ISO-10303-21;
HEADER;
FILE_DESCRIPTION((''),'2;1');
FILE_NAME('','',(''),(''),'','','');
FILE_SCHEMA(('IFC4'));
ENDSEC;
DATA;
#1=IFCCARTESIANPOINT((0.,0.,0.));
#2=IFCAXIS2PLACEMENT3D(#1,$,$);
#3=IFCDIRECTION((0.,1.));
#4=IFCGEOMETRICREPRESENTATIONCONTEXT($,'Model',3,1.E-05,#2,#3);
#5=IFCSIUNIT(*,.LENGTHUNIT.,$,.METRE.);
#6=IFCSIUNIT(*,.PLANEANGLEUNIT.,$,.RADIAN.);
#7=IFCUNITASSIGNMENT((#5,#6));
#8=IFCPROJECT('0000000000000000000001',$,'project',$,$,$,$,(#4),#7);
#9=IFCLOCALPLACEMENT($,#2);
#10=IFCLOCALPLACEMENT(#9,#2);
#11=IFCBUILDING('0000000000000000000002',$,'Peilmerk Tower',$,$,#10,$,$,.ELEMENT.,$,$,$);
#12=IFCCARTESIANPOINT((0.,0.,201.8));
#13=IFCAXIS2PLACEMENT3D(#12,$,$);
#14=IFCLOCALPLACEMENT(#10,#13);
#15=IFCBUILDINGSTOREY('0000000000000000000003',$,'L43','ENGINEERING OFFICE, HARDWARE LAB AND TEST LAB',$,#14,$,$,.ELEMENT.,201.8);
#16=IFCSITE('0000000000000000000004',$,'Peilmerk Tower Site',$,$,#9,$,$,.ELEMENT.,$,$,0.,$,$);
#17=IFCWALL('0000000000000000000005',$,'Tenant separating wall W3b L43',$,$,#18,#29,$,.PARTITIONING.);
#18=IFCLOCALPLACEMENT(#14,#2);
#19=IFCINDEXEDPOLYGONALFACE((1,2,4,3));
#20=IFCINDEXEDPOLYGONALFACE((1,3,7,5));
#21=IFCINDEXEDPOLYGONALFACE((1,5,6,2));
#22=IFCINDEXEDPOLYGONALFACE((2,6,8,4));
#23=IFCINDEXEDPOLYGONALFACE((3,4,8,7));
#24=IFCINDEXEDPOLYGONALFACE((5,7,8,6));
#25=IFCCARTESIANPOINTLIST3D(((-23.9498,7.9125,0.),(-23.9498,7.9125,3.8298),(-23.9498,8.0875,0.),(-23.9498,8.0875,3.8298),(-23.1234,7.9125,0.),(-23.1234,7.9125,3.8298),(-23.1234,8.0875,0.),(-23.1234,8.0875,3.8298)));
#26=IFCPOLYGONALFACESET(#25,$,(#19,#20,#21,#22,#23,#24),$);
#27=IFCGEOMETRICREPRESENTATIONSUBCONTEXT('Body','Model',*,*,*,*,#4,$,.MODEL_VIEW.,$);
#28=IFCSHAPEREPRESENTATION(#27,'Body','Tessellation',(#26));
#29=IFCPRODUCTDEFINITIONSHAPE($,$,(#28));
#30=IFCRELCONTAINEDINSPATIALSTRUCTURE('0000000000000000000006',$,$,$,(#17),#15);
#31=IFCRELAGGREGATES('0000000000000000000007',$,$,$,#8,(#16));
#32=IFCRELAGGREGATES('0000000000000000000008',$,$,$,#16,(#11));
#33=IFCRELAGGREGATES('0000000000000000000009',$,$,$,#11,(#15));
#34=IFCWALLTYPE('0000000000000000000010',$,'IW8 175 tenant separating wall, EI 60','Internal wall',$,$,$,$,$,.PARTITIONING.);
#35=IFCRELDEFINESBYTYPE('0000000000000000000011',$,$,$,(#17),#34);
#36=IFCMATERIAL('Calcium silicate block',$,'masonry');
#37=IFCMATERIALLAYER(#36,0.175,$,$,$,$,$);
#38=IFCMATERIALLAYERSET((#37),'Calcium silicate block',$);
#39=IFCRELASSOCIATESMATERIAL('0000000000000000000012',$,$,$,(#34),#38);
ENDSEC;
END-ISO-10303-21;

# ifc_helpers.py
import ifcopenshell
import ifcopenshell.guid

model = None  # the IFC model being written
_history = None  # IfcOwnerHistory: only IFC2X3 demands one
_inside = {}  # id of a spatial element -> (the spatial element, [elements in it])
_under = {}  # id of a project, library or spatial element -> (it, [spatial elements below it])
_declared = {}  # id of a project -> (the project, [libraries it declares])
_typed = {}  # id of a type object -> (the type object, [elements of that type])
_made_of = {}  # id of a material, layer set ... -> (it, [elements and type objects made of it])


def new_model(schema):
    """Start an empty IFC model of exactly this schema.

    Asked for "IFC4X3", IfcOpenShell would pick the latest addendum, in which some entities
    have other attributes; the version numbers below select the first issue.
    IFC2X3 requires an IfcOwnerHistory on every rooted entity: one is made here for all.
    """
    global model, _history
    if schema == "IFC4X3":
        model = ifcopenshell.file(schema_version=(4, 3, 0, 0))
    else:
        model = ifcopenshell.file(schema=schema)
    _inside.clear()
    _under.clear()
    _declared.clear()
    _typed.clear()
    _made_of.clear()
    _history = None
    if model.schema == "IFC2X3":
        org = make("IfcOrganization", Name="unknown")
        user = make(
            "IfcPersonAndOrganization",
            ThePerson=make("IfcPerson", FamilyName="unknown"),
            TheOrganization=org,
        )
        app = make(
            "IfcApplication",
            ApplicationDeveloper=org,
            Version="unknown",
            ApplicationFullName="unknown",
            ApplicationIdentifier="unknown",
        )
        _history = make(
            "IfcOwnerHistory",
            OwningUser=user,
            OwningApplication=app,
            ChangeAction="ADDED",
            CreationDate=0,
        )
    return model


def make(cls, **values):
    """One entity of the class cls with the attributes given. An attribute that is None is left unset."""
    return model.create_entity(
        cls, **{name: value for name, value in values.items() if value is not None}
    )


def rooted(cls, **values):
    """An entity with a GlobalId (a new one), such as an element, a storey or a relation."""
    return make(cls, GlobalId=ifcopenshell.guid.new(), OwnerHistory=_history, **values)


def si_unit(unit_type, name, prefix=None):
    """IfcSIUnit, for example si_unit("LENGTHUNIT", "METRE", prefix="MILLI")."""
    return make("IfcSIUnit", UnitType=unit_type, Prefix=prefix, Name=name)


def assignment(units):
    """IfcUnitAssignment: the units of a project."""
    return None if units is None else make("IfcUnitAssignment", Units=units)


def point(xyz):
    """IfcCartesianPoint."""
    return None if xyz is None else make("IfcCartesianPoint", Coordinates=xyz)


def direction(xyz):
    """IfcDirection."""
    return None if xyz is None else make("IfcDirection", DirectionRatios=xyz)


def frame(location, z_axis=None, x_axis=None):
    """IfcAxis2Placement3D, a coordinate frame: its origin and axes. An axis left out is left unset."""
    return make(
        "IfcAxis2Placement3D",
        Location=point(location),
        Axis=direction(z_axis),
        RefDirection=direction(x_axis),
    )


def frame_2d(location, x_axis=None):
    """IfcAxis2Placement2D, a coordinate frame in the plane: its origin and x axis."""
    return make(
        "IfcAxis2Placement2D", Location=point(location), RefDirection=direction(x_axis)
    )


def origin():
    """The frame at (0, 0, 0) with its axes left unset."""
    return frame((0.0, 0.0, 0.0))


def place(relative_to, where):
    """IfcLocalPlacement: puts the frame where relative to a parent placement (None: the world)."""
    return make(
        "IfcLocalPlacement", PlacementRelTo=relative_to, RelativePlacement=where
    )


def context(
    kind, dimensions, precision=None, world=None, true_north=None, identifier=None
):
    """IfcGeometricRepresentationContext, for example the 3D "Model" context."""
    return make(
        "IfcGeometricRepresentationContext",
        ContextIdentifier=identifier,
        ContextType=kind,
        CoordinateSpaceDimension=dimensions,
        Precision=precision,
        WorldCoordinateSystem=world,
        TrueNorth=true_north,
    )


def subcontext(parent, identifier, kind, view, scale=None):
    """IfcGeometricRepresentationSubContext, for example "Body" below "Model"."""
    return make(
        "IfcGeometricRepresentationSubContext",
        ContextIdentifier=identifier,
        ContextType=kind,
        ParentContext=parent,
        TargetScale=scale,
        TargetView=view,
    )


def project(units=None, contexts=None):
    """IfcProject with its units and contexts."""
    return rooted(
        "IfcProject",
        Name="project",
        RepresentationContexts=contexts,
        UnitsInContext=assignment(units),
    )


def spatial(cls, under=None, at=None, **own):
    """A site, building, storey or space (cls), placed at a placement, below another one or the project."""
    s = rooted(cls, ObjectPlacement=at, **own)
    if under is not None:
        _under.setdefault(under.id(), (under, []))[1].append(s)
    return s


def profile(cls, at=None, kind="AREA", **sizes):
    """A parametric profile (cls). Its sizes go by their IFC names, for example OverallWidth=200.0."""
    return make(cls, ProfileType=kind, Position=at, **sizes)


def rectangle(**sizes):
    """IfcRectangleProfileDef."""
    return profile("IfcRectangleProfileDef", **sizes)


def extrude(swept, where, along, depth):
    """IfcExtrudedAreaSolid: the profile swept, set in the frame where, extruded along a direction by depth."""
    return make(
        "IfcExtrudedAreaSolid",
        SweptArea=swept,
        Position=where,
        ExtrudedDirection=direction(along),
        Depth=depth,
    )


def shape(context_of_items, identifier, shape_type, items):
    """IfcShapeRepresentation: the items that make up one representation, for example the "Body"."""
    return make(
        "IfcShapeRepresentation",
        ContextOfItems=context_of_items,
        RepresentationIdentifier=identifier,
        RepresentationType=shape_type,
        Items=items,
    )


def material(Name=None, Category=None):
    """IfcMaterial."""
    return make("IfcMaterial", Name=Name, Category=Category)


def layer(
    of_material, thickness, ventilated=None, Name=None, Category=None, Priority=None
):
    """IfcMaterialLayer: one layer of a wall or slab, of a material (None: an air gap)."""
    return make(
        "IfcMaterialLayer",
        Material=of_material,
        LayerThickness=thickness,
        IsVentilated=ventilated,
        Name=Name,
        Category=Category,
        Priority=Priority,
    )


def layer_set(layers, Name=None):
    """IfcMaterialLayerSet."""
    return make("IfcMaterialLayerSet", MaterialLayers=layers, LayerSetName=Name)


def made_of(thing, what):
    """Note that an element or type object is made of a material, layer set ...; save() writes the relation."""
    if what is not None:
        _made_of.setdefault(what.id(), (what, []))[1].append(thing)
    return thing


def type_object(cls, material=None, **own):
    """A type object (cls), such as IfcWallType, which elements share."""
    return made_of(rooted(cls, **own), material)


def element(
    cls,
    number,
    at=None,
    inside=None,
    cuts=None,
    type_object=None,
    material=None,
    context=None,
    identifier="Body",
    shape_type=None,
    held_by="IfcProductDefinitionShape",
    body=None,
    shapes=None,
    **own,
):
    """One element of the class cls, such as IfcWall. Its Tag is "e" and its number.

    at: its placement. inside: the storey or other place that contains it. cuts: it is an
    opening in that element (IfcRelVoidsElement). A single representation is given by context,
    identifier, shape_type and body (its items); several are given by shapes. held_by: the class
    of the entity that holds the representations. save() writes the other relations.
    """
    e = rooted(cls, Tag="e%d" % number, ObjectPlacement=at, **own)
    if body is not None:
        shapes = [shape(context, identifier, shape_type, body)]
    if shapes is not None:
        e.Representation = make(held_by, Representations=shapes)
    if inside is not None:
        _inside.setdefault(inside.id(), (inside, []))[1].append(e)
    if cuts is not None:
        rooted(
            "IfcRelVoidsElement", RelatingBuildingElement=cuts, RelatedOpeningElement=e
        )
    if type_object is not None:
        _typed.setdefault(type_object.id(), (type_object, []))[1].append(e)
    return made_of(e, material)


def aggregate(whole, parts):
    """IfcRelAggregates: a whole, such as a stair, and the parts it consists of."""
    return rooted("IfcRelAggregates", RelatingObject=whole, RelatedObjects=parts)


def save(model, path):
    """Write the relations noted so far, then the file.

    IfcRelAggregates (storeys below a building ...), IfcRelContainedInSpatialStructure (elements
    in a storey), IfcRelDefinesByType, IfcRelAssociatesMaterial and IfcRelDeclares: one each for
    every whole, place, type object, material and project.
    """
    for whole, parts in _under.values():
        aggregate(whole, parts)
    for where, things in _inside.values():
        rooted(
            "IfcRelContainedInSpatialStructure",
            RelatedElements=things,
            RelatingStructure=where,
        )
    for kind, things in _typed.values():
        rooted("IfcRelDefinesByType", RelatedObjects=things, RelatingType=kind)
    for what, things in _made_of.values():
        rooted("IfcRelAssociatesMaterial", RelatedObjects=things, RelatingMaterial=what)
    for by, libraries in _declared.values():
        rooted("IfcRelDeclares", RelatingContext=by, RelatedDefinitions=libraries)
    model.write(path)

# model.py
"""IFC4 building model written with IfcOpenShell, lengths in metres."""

from ifc_helpers import new_model, si_unit, direction, frame, frame_2d, origin, place, context, subcontext, project, spatial, rectangle, extrude, material, layer, layer_set, type_object, element, save


model = new_model("IFC4")

# Units and contexts
model_context = context("Model", 3, precision=1e-05, world=origin(), true_north=direction((0.0, 1.0)))
body_context = subcontext(model_context, "Body", "Model", "MODEL_VIEW")
ifc_project = project(units=[si_unit("LENGTHUNIT", "METRE"), si_unit("PLANEANGLEUNIT", "RADIAN")], contexts=[model_context])

# Site, building, storey
site_placement = place(None, origin())
site = spatial("IfcSite", under=ifc_project, at=site_placement, Name="Peilmerk Tower Site", CompositionType="ELEMENT", RefElevation=0.0)
building_placement = place(site_placement, origin())
building = spatial("IfcBuilding", under=site, at=building_placement, Name="Peilmerk Tower", CompositionType="ELEMENT")
storey_placement = place(building_placement, frame((0.0, 0.0, 201.8)))
storey = spatial("IfcBuildingStorey", under=building, at=storey_placement, Name="L43", Description="ENGINEERING OFFICE, HARDWARE LAB AND TEST LAB", CompositionType="ELEMENT", Elevation=201.8)

# Wall
ifc_material_1 = material(Name="Calcium silicate block", Category="masonry")
ifc_layer_1 = layer(ifc_material_1, 0.175)
ifc_layer_set_1 = layer_set([ifc_layer_1], Name="Calcium silicate block")
wall_type_1 = type_object("IfcWallType", Name="IW8 175 tenant separating wall, EI 60", Description="Internal wall", PredefinedType="PARTITIONING", material=ifc_layer_set_1)
wall_1_placement = place(storey_placement, frame((-23.1235, 8.0, 0.0), z_axis=(0.0, 0.0, 1.0), x_axis=(-1.0, 0.0, 0.0)))
element("IfcWall", 1, at=wall_1_placement, inside=storey, type_object=wall_type_1, Name="Tenant separating wall W3b L43", PredefinedType="PARTITIONING", context=body_context, shape_type="SweptSolid", body=[
    extrude(rectangle(XDim=0.8264, YDim=0.175, at=frame_2d((0.4131, 0.0))), origin(), (0.0, 0.0, 1.0), 3.8298),
])

save(model, "model.ifc")
